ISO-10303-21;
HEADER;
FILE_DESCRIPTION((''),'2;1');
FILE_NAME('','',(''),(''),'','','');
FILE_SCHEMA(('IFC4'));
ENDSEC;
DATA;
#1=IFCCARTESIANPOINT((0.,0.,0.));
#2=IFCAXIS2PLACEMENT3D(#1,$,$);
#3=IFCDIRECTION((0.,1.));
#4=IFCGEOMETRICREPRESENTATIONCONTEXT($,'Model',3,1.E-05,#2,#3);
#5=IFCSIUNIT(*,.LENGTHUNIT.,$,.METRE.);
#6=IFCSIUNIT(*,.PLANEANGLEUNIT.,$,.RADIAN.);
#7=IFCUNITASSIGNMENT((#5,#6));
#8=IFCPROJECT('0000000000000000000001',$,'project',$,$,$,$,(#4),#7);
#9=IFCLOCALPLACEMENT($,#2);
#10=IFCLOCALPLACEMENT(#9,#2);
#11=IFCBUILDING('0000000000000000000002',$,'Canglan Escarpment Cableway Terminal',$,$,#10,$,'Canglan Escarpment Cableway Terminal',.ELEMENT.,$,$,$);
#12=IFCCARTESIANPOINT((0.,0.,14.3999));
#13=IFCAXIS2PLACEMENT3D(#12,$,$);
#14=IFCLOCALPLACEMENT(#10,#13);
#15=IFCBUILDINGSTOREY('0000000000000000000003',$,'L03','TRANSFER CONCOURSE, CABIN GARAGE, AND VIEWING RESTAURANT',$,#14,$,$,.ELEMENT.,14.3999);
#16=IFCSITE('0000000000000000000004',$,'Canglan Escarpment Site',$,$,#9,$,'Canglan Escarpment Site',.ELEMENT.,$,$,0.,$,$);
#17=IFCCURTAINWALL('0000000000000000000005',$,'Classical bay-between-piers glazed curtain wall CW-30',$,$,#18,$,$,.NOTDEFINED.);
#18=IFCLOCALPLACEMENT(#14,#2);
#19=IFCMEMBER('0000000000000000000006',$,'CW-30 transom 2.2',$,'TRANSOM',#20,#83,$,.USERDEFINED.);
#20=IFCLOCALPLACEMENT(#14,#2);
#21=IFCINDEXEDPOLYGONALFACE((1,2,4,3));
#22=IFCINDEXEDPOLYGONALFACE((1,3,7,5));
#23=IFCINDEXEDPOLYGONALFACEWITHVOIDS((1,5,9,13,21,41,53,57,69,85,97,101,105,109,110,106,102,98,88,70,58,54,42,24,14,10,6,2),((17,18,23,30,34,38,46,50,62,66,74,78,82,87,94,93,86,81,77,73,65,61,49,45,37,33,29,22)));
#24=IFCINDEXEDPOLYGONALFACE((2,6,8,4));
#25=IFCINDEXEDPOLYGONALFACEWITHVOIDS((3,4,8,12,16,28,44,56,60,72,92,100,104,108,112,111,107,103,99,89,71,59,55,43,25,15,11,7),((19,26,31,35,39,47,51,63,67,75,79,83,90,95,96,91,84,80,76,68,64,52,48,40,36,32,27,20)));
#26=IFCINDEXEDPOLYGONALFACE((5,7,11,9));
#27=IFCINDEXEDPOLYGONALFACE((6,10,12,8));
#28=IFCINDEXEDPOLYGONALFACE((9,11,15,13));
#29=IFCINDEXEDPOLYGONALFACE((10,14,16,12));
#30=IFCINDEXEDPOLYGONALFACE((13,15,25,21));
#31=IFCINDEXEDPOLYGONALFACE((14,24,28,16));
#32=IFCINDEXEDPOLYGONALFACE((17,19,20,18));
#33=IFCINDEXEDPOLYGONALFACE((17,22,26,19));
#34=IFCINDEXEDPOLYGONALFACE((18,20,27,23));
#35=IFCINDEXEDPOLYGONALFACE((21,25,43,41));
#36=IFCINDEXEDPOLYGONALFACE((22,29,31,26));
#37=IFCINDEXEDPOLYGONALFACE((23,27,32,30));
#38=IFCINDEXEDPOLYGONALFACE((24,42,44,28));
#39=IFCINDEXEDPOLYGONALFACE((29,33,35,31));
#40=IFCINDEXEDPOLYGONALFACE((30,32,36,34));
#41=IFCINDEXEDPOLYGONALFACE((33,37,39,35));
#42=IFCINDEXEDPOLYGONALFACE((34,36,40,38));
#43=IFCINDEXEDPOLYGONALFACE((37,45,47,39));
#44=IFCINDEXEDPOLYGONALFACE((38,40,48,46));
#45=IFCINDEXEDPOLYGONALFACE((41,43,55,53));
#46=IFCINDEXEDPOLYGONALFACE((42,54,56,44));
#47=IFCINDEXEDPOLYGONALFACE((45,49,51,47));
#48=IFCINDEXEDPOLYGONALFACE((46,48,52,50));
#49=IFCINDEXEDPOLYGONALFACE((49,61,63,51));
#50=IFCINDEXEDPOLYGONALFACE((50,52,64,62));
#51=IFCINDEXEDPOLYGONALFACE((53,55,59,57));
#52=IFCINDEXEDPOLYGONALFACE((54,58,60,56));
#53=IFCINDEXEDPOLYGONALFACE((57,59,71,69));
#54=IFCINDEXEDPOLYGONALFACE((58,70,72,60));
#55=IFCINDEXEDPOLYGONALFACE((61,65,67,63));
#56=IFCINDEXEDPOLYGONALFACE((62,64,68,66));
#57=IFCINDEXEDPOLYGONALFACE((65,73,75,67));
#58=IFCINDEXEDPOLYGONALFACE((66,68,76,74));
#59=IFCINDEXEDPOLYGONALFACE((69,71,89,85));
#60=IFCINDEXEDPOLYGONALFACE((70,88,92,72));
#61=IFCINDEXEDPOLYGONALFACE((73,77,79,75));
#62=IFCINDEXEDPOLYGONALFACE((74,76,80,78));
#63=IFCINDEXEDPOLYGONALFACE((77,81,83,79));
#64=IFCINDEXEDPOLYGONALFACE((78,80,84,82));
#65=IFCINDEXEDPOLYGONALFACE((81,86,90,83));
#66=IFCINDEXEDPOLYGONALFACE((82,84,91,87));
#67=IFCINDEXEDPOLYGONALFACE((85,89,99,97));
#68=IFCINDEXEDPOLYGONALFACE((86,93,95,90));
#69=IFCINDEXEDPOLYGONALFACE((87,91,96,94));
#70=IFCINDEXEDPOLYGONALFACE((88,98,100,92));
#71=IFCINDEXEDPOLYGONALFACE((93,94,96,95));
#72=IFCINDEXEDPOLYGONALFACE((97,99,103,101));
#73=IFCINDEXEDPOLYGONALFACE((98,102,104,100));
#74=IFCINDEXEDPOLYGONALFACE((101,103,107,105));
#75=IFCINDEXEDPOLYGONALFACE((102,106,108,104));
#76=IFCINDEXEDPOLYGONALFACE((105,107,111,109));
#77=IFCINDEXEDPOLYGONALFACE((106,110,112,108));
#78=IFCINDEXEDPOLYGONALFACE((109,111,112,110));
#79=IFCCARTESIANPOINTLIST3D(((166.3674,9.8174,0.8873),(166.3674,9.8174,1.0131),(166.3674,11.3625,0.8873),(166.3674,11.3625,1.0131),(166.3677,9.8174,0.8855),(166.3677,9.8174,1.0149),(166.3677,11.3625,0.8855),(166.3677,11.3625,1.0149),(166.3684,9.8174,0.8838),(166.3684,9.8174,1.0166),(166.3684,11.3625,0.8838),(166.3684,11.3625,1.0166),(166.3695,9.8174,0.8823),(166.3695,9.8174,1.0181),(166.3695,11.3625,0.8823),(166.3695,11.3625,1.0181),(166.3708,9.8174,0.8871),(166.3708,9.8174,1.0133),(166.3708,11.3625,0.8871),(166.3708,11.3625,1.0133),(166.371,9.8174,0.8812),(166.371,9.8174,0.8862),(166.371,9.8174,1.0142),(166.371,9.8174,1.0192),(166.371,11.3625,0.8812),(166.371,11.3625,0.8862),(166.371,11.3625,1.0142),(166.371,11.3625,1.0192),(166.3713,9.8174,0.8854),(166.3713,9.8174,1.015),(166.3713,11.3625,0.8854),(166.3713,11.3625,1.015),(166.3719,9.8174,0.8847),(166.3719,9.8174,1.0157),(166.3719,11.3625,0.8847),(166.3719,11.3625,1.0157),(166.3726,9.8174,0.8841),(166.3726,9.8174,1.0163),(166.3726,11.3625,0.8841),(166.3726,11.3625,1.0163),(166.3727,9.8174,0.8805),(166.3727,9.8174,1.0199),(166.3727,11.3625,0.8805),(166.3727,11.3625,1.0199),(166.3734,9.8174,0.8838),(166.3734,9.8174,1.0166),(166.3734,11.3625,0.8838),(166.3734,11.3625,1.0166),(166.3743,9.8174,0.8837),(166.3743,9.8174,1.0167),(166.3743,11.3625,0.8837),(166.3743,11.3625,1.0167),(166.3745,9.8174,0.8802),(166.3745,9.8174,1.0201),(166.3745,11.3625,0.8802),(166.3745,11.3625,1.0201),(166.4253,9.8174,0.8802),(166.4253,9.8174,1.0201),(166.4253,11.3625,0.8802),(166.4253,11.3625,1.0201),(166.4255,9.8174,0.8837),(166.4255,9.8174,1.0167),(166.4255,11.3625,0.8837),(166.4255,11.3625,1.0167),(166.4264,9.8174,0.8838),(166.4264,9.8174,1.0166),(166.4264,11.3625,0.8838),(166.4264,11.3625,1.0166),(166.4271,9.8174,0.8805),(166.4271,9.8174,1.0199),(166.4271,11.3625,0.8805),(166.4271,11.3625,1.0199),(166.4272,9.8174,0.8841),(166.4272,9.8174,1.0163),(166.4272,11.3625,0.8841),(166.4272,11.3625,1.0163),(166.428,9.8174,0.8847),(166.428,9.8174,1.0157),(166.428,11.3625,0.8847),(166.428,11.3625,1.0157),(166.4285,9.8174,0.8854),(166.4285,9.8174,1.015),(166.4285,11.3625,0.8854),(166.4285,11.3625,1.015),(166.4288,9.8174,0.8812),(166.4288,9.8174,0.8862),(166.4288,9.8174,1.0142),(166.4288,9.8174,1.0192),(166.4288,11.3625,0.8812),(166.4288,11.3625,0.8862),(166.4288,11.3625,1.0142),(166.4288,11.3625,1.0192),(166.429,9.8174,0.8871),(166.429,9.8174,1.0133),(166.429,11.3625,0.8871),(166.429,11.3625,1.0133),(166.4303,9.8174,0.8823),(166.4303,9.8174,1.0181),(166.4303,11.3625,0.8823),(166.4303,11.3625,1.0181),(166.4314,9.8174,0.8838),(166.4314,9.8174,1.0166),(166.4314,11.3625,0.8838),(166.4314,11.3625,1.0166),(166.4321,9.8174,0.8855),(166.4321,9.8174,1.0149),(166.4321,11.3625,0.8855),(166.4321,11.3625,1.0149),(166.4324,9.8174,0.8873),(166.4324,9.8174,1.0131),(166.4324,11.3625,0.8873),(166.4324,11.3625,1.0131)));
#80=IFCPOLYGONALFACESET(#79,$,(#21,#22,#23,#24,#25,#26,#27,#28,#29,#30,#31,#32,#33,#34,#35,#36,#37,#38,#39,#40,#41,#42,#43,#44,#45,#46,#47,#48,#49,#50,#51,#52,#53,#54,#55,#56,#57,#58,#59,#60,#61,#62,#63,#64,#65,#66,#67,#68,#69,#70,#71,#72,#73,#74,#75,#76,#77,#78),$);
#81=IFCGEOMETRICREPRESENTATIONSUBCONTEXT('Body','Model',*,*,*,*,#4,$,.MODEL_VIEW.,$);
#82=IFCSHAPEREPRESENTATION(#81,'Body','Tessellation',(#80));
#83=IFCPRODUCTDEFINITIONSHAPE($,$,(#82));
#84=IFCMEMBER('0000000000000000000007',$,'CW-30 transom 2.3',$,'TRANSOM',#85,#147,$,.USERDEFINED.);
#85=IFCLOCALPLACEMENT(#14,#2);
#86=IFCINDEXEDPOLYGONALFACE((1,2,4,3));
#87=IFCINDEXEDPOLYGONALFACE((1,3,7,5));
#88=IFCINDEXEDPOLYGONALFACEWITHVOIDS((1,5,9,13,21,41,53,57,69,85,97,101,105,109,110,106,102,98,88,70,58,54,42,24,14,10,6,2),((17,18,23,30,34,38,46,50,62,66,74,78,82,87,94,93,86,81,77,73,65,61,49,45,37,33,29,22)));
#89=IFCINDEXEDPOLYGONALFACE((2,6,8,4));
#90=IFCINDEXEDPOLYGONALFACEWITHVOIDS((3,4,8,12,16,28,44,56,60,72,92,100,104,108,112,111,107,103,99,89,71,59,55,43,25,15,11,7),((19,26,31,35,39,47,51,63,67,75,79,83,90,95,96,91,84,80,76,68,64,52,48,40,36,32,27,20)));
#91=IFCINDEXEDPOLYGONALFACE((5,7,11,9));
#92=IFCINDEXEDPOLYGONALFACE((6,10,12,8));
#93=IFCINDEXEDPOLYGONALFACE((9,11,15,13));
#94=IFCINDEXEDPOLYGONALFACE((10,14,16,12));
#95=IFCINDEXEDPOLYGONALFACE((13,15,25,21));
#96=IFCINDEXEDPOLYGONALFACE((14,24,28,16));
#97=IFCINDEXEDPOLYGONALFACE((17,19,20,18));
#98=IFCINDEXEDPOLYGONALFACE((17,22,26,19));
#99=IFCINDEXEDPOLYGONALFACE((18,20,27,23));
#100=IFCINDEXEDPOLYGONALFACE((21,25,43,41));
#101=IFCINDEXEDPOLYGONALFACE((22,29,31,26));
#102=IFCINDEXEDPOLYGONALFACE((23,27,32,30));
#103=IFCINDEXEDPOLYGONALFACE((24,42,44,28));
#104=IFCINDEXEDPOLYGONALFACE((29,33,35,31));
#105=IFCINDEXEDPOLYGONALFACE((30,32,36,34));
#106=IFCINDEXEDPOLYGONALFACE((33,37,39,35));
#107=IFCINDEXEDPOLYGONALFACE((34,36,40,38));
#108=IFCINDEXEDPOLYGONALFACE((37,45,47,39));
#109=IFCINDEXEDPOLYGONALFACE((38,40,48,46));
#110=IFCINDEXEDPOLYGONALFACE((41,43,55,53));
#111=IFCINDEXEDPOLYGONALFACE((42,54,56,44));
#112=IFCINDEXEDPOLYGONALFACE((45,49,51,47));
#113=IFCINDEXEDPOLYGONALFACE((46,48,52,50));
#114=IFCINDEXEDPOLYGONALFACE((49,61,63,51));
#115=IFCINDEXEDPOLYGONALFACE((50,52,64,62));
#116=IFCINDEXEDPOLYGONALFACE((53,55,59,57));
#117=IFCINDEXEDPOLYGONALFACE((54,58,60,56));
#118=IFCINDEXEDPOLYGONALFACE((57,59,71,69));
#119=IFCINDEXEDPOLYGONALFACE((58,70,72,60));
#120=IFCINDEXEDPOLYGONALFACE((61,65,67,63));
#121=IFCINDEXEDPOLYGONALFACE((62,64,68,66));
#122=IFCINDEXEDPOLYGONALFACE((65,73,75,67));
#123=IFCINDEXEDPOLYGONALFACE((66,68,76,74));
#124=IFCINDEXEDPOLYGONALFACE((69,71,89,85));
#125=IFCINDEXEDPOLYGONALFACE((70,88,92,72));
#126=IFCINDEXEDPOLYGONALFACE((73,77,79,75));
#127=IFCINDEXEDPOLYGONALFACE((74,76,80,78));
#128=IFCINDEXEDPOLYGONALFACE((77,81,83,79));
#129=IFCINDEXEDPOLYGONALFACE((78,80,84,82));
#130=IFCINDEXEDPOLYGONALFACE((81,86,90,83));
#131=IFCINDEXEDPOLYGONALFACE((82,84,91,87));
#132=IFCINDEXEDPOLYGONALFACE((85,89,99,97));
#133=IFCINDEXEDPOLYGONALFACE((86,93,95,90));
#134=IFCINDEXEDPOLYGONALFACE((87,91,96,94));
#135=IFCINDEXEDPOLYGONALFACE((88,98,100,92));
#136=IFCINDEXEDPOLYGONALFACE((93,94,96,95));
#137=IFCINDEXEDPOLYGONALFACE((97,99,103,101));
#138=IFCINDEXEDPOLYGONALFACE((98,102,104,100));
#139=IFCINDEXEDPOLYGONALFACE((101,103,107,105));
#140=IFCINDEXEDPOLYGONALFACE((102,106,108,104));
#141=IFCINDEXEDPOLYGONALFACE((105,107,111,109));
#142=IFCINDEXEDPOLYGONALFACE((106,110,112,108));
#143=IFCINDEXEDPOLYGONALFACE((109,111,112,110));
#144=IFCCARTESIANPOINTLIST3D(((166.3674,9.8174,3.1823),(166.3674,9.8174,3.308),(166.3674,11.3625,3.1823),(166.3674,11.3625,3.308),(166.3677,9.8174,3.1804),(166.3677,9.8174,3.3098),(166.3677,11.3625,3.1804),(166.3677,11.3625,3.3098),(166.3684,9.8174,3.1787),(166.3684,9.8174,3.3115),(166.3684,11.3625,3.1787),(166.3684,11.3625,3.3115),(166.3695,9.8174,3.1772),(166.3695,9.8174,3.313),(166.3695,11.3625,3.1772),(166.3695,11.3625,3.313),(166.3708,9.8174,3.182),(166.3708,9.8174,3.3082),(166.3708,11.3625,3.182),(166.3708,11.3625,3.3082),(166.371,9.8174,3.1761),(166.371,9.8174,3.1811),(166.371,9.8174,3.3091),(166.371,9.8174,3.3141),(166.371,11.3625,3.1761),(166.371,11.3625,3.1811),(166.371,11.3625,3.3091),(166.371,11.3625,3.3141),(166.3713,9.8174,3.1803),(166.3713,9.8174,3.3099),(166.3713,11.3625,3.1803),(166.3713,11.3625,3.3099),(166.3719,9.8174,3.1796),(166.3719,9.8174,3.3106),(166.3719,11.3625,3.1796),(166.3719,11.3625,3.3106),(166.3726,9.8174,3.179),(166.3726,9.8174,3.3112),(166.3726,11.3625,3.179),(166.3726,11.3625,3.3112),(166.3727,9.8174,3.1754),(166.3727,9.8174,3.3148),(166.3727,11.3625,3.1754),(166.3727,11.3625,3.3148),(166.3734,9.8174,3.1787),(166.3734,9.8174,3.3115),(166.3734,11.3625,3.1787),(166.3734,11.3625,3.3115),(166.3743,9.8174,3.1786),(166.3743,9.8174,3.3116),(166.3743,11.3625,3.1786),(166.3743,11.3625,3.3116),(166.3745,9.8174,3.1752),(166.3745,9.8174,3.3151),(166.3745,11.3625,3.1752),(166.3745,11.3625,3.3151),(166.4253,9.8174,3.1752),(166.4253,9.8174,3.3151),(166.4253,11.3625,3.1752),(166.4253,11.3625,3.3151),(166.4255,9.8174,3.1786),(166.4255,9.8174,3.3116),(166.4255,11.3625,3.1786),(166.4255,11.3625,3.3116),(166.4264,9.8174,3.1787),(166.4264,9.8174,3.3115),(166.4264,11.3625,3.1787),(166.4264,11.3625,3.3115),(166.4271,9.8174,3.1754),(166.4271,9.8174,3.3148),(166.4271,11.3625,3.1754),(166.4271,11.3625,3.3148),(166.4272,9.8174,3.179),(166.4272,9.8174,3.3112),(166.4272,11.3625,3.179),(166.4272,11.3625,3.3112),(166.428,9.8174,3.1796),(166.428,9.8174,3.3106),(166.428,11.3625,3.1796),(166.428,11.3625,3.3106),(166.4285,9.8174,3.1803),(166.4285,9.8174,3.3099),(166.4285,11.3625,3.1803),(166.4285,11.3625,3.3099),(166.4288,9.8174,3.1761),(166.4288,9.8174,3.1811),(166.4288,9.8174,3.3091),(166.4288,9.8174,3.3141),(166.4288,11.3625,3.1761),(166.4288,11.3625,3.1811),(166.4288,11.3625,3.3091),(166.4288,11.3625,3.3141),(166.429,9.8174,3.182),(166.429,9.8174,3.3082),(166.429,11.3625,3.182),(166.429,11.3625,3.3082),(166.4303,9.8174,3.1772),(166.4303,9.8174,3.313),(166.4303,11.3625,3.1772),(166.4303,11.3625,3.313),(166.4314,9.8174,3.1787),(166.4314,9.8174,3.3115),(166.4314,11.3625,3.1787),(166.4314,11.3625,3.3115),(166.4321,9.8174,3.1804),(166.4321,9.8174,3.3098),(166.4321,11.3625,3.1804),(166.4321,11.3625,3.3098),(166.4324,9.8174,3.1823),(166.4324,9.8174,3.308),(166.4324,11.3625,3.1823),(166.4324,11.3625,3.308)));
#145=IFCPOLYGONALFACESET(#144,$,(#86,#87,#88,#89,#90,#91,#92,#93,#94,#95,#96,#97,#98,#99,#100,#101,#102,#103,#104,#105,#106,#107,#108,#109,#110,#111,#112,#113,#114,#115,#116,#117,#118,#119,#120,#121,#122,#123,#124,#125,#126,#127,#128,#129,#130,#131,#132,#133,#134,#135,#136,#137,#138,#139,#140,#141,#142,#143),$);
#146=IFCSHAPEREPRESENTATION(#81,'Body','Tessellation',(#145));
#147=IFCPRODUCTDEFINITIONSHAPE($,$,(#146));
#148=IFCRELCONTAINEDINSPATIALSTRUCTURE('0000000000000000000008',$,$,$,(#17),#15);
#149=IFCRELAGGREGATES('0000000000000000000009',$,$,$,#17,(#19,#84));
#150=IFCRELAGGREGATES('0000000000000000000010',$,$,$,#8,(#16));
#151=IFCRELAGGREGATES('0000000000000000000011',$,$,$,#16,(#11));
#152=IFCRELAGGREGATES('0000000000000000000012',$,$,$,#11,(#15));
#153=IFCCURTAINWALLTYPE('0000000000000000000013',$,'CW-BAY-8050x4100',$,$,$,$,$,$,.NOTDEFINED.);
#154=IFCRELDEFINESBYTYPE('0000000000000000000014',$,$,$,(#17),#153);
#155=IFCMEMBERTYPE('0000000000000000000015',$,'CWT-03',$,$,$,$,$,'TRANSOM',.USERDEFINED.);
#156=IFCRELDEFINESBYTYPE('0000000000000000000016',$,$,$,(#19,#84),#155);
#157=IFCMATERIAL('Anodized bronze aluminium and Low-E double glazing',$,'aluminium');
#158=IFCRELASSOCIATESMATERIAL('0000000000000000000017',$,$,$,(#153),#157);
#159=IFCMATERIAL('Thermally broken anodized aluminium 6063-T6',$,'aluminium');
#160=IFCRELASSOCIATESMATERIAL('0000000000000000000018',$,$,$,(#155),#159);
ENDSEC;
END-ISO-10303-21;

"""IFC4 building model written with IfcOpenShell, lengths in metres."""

from ifc_helpers import new_model, si_unit, direction, frame, origin, origin_2d, place, context, subcontext, project, spatial, hollow_rectangle, extrude, material, material_profile, profile_set, type_object, element, aggregate, save


model = new_model("IFC4")

# Units and contexts
model_context = context("Model", 3, precision=1e-05, world=origin(), true_north=direction((0.0, 1.0)))
body_context = subcontext(model_context, "Body", "Model", "MODEL_VIEW")
ifc_project = project(units=[si_unit("LENGTHUNIT", "METRE"), si_unit("PLANEANGLEUNIT", "RADIAN")], contexts=[model_context])

# Site, building, storey
site_placement = place(None, origin())
site = spatial("IfcSite", under=ifc_project, at=site_placement, Name="Canglan Escarpment Site", LongName="Canglan Escarpment Site", CompositionType="ELEMENT", RefElevation=0.0)
building_placement = place(site_placement, origin())
building = spatial("IfcBuilding", under=site, at=building_placement, Name="Canglan Escarpment Cableway Terminal", LongName="Canglan Escarpment Cableway Terminal", CompositionType="ELEMENT")
storey_placement = place(building_placement, frame((0.0, 0.0, 14.3999)))
storey = spatial("IfcBuildingStorey", under=building, at=storey_placement, Name="L03", Description="TRANSFER CONCOURSE, CABIN GARAGE, AND VIEWING RESTAURANT", CompositionType="ELEMENT", Elevation=14.3999)

# Shared definitions
ifc_material_1 = material(Name="Anodized bronze aluminium and Low-E double glazing", Category="aluminium")
ifc_material_2 = material(Name="Thermally broken anodized aluminium 6063-T6", Category="aluminium")

# Curtain wall, members
curtain_wall_type_1 = type_object("IfcCurtainWallType", Name="CW-BAY-8050x4100", PredefinedType="NOTDEFINED", material=ifc_material_1)
curtain_wall_1_placement = place(storey_placement, origin())
curtain_wall_1 = element("IfcCurtainWall", 1, at=curtain_wall_1_placement, inside=storey, type_object=curtain_wall_type_1, Name="Classical bay-between-piers glazed curtain wall CW-30", PredefinedType="NOTDEFINED")
ifc_material_profile_1 = material_profile(ifc_material_2, hollow_rectangle(XDim=0.0649, YDim=0.1399, WallThickness=0.0034, InnerFilletRadius=0.0034, OuterFilletRadius=0.0071, at=origin_2d()), Name="ALU-TRAN 65x140x3.5")
ifc_profile_set_1 = profile_set([ifc_material_profile_1], Name="Thermally broken anodized aluminium 6063-T6")
member_type_1 = type_object("IfcMemberType", Name="CWT-03", ElementType="TRANSOM", PredefinedType="USERDEFINED", material=ifc_profile_set_1)
member_1_placement = place(storey_placement, frame((166.3999, 9.8174, 0.9502), z_axis=(0.0, 1.0, 0.0), x_axis=(-1.0, 0.0, 0.0)))
member_1 = element("IfcMember", 2, at=member_1_placement, type_object=member_type_1, Name="CW-30 transom 2.2", ObjectType="TRANSOM", PredefinedType="USERDEFINED", context=body_context, shape_type="SweptSolid", body=[
    extrude(hollow_rectangle(XDim=0.0649, YDim=0.1399, WallThickness=0.0034, InnerFilletRadius=0.0034, OuterFilletRadius=0.0071, at=origin_2d()), origin(), (0.0, 0.0, 1.0), 1.5452),
])
member_2_placement = place(storey_placement, frame((166.3999, 9.8174, 3.2451), z_axis=(0.0, 1.0, 0.0), x_axis=(-1.0, 0.0, 0.0)))
member_2 = element("IfcMember", 3, at=member_2_placement, type_object=member_type_1, Name="CW-30 transom 2.3", ObjectType="TRANSOM", PredefinedType="USERDEFINED", context=body_context, shape_type="SweptSolid", body=[
    extrude(hollow_rectangle(XDim=0.0649, YDim=0.1399, WallThickness=0.0034, InnerFilletRadius=0.0034, OuterFilletRadius=0.0071, at=origin_2d()), origin(), (0.0, 0.0, 1.0), 1.5452),
])
aggregate(curtain_wall_1, [member_1, member_2])

save(model, "model.ifc")
